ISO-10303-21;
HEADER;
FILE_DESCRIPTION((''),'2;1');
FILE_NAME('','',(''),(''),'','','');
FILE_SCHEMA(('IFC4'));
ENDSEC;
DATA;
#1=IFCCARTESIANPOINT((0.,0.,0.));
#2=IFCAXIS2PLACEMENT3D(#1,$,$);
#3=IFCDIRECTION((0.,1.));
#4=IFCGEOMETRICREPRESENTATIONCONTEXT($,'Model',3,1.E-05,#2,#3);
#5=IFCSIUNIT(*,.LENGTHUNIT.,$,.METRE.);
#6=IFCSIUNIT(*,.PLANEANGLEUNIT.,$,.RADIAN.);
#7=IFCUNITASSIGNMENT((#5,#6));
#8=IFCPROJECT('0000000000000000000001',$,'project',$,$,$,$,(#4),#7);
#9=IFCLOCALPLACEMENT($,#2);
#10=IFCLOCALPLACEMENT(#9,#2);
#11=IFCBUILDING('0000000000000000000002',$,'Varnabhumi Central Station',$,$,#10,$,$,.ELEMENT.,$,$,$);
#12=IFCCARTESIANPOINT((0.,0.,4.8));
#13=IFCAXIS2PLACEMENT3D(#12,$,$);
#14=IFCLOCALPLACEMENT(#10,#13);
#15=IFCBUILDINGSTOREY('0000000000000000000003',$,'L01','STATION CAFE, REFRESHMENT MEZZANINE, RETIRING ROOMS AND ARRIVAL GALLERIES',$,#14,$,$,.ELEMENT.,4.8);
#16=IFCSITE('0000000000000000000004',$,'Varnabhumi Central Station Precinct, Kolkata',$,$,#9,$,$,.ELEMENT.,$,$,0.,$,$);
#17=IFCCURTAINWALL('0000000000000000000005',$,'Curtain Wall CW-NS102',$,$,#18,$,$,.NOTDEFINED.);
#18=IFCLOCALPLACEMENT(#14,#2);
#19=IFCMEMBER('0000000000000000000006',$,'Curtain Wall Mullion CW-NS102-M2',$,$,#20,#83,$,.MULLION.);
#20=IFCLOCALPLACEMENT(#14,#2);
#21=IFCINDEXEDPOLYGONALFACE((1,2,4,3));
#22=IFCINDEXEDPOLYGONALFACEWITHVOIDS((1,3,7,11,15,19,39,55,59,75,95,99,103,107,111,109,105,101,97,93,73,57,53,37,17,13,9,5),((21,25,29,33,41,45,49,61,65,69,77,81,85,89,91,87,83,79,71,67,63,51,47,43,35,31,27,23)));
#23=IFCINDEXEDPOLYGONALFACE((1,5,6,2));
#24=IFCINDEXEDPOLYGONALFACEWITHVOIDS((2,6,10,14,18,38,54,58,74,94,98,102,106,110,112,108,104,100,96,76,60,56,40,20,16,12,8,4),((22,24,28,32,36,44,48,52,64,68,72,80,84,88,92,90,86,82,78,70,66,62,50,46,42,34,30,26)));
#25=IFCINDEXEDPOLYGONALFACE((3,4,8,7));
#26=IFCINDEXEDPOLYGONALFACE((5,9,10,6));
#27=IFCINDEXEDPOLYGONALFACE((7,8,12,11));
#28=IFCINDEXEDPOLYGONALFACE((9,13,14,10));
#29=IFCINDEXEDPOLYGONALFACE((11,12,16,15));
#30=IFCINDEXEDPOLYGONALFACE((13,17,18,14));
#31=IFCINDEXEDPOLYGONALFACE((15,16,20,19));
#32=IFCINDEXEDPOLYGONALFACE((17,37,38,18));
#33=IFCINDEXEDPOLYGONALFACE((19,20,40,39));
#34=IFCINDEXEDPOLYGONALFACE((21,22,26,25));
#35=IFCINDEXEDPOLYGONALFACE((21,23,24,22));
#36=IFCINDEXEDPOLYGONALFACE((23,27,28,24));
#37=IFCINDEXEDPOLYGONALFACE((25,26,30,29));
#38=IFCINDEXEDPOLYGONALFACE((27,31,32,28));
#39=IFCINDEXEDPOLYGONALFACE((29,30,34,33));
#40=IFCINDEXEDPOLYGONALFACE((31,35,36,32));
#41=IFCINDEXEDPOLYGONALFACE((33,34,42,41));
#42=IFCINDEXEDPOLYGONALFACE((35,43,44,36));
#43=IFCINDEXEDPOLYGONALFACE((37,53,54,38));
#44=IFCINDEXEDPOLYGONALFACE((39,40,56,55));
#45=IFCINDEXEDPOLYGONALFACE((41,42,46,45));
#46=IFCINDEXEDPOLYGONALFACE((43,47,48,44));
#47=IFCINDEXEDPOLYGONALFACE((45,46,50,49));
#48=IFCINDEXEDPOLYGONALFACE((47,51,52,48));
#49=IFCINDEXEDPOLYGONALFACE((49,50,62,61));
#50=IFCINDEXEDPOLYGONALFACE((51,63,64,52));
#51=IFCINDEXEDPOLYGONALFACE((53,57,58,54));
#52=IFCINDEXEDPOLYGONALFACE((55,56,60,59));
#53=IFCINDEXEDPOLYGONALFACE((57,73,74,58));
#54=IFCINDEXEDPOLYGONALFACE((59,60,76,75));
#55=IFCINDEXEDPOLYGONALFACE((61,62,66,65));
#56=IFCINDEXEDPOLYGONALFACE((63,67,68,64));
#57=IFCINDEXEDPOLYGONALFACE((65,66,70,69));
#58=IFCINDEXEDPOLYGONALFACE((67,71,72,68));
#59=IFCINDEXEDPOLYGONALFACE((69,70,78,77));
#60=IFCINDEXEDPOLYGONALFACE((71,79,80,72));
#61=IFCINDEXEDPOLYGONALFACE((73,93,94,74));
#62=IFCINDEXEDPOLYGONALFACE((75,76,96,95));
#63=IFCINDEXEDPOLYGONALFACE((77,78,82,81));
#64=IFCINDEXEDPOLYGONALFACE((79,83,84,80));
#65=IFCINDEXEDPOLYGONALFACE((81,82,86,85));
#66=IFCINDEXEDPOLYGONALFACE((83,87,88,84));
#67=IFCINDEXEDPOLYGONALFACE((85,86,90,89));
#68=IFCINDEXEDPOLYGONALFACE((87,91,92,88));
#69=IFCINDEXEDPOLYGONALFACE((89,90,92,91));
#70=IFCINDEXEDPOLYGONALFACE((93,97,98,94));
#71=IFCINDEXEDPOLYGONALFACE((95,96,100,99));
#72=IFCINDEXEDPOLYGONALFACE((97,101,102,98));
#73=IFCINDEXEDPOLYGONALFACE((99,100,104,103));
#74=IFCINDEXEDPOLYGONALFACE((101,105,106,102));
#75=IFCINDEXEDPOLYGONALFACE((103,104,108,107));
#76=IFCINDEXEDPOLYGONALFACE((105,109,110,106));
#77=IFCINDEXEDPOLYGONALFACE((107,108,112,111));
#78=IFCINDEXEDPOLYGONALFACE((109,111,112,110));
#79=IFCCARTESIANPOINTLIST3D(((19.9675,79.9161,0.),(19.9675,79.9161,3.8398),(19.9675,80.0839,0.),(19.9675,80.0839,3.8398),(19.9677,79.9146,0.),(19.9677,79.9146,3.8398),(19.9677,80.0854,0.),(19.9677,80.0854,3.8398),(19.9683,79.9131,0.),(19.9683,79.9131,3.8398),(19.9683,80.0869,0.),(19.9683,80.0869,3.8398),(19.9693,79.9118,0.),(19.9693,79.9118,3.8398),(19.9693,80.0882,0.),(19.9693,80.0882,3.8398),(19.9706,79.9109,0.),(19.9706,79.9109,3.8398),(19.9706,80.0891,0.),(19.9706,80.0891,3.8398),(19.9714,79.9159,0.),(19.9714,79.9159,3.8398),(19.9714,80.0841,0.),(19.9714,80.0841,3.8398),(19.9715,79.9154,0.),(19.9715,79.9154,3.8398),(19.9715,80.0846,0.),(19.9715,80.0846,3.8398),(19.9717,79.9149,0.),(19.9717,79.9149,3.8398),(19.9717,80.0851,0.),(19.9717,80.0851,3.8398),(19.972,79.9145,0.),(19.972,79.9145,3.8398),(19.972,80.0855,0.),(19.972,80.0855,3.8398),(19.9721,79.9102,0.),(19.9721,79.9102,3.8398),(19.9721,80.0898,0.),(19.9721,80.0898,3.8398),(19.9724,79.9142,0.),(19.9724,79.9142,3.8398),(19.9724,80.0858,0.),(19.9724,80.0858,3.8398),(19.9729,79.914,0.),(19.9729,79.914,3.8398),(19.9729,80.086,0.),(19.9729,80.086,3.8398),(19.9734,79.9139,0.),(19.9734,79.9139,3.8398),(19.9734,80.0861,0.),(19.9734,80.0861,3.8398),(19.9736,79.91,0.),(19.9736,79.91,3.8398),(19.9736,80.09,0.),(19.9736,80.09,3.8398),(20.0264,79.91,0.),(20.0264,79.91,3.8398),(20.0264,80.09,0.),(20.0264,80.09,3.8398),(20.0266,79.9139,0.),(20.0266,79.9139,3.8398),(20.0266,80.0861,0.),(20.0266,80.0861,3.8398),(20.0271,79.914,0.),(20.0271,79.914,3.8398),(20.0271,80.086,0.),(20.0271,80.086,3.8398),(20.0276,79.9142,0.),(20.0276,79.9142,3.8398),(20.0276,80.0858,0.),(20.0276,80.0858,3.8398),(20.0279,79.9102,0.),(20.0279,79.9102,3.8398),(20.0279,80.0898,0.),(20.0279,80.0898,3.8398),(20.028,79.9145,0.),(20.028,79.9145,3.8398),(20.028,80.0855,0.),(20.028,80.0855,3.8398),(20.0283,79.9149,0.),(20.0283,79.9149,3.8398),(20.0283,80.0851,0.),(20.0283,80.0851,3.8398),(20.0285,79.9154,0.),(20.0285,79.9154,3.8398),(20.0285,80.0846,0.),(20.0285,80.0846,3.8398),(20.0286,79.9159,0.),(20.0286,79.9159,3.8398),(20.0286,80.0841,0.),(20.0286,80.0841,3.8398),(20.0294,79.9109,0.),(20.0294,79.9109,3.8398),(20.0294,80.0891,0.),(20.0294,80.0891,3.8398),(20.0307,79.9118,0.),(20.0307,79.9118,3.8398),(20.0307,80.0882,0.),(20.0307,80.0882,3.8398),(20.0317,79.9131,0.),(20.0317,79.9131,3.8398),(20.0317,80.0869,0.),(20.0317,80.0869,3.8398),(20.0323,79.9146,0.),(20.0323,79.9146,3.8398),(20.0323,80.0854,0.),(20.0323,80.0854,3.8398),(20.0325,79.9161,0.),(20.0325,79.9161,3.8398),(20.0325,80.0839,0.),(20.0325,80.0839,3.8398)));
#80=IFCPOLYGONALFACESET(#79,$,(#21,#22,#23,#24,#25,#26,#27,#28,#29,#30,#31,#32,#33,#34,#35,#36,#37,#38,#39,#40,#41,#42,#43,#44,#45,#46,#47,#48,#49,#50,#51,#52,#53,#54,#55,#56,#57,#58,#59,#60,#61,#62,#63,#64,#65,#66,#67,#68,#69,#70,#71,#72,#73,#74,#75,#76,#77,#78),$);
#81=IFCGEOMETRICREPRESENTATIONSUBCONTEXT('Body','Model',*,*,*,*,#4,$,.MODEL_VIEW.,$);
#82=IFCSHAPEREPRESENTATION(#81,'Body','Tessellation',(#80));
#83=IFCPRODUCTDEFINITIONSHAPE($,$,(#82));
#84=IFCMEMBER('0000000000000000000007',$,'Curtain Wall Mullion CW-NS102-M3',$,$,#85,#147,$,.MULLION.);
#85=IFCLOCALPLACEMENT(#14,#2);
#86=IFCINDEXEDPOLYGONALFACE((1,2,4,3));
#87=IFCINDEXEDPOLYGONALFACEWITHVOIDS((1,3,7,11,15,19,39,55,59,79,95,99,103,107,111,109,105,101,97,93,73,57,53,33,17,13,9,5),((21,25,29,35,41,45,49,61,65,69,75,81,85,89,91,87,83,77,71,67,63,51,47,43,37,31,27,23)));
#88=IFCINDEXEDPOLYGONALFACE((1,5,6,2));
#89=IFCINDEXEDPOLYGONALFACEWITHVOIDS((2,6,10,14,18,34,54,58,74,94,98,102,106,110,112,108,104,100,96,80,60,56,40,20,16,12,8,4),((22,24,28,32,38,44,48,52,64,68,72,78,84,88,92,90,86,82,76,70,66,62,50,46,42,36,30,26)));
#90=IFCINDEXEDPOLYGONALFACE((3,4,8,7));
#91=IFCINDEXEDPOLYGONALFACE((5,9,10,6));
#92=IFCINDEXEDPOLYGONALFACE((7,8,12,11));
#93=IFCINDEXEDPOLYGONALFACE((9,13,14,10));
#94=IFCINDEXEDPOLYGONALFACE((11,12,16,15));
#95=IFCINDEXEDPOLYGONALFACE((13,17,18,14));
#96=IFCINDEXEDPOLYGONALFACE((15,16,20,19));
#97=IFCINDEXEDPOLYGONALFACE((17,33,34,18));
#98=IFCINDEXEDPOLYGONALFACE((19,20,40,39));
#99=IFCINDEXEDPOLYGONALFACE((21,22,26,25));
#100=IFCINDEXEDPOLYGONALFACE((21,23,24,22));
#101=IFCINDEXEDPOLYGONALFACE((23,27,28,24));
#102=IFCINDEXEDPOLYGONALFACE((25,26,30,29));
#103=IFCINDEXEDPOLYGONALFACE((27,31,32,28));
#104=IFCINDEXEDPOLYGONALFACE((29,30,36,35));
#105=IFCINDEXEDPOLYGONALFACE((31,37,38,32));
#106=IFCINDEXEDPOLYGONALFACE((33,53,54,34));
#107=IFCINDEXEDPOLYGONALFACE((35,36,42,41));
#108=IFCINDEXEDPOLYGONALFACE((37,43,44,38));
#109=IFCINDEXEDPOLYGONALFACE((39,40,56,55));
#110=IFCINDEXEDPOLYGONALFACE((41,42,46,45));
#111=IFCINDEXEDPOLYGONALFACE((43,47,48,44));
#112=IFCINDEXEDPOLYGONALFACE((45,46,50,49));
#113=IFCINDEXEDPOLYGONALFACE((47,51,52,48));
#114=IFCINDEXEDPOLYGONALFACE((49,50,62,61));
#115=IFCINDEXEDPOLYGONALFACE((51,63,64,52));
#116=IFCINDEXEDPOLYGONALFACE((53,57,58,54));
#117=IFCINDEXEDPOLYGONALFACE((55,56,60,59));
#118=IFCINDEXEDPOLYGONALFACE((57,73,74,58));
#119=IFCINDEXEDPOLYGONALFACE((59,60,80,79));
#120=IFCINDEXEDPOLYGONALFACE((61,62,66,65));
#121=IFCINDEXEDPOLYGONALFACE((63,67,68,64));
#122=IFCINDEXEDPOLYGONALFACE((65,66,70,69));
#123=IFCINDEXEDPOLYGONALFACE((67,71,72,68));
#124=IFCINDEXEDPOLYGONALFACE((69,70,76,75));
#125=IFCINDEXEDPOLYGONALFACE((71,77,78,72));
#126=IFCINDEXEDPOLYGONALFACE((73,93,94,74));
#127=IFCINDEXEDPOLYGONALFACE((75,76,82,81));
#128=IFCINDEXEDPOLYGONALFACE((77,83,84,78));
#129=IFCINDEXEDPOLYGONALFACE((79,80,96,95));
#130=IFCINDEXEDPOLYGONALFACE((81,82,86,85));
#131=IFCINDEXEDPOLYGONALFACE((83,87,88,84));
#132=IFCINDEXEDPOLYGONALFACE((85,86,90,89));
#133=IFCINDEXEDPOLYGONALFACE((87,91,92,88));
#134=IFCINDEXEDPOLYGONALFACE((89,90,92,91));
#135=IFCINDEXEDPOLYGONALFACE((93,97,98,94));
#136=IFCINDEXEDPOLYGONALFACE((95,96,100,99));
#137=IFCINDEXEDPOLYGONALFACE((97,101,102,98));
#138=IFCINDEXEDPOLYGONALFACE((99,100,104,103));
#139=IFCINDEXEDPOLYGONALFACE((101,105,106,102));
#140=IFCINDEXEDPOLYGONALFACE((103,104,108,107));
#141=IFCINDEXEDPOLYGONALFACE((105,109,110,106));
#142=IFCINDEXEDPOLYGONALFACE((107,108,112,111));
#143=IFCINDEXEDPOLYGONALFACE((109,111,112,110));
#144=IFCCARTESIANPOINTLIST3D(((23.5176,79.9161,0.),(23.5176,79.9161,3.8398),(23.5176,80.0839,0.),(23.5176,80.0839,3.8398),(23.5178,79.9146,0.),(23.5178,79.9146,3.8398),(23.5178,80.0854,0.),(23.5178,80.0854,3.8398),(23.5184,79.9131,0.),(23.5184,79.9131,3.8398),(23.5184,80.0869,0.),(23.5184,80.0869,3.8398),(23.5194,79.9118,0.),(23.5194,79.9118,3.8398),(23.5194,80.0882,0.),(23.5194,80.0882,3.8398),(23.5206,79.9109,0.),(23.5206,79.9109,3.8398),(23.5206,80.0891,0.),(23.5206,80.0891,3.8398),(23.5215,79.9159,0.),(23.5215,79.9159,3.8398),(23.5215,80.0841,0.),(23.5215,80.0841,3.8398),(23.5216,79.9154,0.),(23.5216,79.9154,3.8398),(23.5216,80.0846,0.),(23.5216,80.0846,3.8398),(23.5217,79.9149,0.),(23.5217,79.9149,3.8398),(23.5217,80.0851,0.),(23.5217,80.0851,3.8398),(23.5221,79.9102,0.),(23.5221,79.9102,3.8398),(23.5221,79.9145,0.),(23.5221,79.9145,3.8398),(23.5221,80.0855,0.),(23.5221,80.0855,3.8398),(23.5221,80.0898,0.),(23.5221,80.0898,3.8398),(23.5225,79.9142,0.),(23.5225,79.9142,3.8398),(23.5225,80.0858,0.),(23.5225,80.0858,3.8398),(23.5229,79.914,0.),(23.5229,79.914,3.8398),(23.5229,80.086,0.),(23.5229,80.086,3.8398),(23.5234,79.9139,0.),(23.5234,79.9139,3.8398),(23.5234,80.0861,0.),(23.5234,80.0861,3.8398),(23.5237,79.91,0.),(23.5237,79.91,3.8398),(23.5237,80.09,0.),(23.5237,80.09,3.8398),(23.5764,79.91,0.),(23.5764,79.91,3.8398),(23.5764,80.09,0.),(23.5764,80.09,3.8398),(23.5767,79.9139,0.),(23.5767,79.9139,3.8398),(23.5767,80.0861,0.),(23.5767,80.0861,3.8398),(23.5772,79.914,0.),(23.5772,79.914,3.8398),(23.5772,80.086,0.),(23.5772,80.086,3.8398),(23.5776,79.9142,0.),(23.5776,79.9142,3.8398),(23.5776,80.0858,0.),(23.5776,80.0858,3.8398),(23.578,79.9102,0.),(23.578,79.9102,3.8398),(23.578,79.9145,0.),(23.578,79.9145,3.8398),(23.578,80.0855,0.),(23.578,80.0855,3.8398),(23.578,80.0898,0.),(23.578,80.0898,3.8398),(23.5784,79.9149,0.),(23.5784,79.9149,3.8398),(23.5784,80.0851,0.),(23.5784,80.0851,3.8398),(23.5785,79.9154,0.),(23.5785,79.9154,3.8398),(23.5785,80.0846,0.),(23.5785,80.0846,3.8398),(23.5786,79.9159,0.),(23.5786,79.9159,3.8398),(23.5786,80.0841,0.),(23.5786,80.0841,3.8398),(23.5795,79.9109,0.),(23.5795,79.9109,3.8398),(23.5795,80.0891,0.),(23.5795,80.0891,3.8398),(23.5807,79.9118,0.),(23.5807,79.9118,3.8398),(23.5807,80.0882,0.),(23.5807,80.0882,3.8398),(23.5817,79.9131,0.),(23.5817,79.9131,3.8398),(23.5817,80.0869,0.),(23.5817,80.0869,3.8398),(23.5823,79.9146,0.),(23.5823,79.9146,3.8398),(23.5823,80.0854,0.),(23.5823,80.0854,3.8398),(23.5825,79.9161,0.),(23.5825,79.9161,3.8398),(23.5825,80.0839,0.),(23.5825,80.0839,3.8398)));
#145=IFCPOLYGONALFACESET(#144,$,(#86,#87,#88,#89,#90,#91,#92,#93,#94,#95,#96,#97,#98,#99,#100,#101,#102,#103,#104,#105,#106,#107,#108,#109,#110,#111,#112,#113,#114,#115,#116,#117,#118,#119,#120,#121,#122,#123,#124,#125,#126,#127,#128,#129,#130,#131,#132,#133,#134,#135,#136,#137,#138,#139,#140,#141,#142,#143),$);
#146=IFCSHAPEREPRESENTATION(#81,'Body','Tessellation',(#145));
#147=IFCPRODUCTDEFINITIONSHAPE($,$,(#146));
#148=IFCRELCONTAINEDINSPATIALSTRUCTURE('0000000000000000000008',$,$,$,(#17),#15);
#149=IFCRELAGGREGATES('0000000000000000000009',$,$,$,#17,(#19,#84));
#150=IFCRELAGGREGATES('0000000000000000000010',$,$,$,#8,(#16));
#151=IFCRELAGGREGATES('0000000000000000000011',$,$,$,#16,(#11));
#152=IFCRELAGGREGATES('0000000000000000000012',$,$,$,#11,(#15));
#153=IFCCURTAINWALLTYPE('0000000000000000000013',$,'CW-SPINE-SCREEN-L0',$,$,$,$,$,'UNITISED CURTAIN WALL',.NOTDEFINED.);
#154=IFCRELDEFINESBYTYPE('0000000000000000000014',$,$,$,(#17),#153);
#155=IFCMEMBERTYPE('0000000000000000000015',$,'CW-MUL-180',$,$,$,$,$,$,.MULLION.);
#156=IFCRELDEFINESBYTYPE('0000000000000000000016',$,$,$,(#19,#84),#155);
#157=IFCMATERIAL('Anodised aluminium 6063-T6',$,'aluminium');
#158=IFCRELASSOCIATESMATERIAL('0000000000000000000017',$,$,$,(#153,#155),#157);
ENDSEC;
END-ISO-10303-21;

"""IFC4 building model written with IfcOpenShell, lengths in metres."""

from ifc_helpers import new_model, si_unit, direction, frame, origin, origin_2d, place, context, subcontext, project, spatial, hollow_rectangle, extrude, material, material_profile, profile_set, type_object, element, aggregate, save


model = new_model("IFC4")

# Units and contexts
model_context = context("Model", 3, precision=1e-05, world=origin(), true_north=direction((0.0, 1.0)))
body_context = subcontext(model_context, "Body", "Model", "MODEL_VIEW")
ifc_project = project(units=[si_unit("LENGTHUNIT", "METRE"), si_unit("PLANEANGLEUNIT", "RADIAN")], contexts=[model_context])

# Site, building, storey
site_placement = place(None, origin())
site = spatial("IfcSite", under=ifc_project, at=site_placement, Name="Varnabhumi Central Station Precinct, Kolkata", CompositionType="ELEMENT", RefElevation=0.0)
building_placement = place(site_placement, origin())
building = spatial("IfcBuilding", under=site, at=building_placement, Name="Varnabhumi Central Station", CompositionType="ELEMENT")
storey_placement = place(building_placement, frame((0.0, 0.0, 4.8)))
storey = spatial("IfcBuildingStorey", under=building, at=storey_placement, Name="L01", Description="STATION CAFE, REFRESHMENT MEZZANINE, RETIRING ROOMS AND ARRIVAL GALLERIES", CompositionType="ELEMENT", Elevation=4.8)

# Curtain wall, members
ifc_material_1 = material(Name="Anodised aluminium 6063-T6", Category="aluminium")
curtain_wall_type_1 = type_object("IfcCurtainWallType", Name="CW-SPINE-SCREEN-L0", ElementType="UNITISED CURTAIN WALL", PredefinedType="NOTDEFINED", material=ifc_material_1)
curtain_wall_1_placement = place(storey_placement, origin())
curtain_wall_1 = element("IfcCurtainWall", 1, at=curtain_wall_1_placement, inside=storey, type_object=curtain_wall_type_1, Name="Curtain Wall CW-NS102", PredefinedType="NOTDEFINED")
ifc_material_profile_1 = material_profile(ifc_material_1, hollow_rectangle(XDim=0.0649, YDim=0.1799, WallThickness=0.0039, InnerFilletRadius=0.002, OuterFilletRadius=0.0061, at=origin_2d()), Name="Anodised aluminium 6063-T6", Category="aluminium")
ifc_profile_set_1 = profile_set([ifc_material_profile_1], Name="Anodised aluminium 6063-T6")
member_type_1 = type_object("IfcMemberType", Name="CW-MUL-180", PredefinedType="MULLION", material=ifc_profile_set_1)
member_1_placement = place(storey_placement, frame((20.0, 80.0, 0.0), z_axis=(0.0, 0.0, 1.0), x_axis=(1.0, 0.0, 0.0)))
member_1 = element("IfcMember", 2, at=member_1_placement, type_object=member_type_1, Name="Curtain Wall Mullion CW-NS102-M2", PredefinedType="MULLION", context=body_context, shape_type="SweptSolid", body=[
    extrude(hollow_rectangle(XDim=0.0649, YDim=0.1799, WallThickness=0.0039, InnerFilletRadius=0.002, OuterFilletRadius=0.0061, at=origin_2d()), origin(), (0.0, 0.0, 1.0), 3.8398),
])
member_2_placement = place(storey_placement, frame((23.55, 80.0, 0.0), z_axis=(0.0, 0.0, 1.0), x_axis=(1.0, 0.0, 0.0)))
member_2 = element("IfcMember", 3, at=member_2_placement, type_object=member_type_1, Name="Curtain Wall Mullion CW-NS102-M3", PredefinedType="MULLION", context=body_context, shape_type="SweptSolid", body=[
    extrude(hollow_rectangle(XDim=0.0649, YDim=0.1799, WallThickness=0.0039, InnerFilletRadius=0.002, OuterFilletRadius=0.0061, at=origin_2d()), origin(), (0.0, 0.0, 1.0), 3.8398),
])

aggregate(curtain_wall_1, [member_1, member_2])

save(model, "model.ifc")
